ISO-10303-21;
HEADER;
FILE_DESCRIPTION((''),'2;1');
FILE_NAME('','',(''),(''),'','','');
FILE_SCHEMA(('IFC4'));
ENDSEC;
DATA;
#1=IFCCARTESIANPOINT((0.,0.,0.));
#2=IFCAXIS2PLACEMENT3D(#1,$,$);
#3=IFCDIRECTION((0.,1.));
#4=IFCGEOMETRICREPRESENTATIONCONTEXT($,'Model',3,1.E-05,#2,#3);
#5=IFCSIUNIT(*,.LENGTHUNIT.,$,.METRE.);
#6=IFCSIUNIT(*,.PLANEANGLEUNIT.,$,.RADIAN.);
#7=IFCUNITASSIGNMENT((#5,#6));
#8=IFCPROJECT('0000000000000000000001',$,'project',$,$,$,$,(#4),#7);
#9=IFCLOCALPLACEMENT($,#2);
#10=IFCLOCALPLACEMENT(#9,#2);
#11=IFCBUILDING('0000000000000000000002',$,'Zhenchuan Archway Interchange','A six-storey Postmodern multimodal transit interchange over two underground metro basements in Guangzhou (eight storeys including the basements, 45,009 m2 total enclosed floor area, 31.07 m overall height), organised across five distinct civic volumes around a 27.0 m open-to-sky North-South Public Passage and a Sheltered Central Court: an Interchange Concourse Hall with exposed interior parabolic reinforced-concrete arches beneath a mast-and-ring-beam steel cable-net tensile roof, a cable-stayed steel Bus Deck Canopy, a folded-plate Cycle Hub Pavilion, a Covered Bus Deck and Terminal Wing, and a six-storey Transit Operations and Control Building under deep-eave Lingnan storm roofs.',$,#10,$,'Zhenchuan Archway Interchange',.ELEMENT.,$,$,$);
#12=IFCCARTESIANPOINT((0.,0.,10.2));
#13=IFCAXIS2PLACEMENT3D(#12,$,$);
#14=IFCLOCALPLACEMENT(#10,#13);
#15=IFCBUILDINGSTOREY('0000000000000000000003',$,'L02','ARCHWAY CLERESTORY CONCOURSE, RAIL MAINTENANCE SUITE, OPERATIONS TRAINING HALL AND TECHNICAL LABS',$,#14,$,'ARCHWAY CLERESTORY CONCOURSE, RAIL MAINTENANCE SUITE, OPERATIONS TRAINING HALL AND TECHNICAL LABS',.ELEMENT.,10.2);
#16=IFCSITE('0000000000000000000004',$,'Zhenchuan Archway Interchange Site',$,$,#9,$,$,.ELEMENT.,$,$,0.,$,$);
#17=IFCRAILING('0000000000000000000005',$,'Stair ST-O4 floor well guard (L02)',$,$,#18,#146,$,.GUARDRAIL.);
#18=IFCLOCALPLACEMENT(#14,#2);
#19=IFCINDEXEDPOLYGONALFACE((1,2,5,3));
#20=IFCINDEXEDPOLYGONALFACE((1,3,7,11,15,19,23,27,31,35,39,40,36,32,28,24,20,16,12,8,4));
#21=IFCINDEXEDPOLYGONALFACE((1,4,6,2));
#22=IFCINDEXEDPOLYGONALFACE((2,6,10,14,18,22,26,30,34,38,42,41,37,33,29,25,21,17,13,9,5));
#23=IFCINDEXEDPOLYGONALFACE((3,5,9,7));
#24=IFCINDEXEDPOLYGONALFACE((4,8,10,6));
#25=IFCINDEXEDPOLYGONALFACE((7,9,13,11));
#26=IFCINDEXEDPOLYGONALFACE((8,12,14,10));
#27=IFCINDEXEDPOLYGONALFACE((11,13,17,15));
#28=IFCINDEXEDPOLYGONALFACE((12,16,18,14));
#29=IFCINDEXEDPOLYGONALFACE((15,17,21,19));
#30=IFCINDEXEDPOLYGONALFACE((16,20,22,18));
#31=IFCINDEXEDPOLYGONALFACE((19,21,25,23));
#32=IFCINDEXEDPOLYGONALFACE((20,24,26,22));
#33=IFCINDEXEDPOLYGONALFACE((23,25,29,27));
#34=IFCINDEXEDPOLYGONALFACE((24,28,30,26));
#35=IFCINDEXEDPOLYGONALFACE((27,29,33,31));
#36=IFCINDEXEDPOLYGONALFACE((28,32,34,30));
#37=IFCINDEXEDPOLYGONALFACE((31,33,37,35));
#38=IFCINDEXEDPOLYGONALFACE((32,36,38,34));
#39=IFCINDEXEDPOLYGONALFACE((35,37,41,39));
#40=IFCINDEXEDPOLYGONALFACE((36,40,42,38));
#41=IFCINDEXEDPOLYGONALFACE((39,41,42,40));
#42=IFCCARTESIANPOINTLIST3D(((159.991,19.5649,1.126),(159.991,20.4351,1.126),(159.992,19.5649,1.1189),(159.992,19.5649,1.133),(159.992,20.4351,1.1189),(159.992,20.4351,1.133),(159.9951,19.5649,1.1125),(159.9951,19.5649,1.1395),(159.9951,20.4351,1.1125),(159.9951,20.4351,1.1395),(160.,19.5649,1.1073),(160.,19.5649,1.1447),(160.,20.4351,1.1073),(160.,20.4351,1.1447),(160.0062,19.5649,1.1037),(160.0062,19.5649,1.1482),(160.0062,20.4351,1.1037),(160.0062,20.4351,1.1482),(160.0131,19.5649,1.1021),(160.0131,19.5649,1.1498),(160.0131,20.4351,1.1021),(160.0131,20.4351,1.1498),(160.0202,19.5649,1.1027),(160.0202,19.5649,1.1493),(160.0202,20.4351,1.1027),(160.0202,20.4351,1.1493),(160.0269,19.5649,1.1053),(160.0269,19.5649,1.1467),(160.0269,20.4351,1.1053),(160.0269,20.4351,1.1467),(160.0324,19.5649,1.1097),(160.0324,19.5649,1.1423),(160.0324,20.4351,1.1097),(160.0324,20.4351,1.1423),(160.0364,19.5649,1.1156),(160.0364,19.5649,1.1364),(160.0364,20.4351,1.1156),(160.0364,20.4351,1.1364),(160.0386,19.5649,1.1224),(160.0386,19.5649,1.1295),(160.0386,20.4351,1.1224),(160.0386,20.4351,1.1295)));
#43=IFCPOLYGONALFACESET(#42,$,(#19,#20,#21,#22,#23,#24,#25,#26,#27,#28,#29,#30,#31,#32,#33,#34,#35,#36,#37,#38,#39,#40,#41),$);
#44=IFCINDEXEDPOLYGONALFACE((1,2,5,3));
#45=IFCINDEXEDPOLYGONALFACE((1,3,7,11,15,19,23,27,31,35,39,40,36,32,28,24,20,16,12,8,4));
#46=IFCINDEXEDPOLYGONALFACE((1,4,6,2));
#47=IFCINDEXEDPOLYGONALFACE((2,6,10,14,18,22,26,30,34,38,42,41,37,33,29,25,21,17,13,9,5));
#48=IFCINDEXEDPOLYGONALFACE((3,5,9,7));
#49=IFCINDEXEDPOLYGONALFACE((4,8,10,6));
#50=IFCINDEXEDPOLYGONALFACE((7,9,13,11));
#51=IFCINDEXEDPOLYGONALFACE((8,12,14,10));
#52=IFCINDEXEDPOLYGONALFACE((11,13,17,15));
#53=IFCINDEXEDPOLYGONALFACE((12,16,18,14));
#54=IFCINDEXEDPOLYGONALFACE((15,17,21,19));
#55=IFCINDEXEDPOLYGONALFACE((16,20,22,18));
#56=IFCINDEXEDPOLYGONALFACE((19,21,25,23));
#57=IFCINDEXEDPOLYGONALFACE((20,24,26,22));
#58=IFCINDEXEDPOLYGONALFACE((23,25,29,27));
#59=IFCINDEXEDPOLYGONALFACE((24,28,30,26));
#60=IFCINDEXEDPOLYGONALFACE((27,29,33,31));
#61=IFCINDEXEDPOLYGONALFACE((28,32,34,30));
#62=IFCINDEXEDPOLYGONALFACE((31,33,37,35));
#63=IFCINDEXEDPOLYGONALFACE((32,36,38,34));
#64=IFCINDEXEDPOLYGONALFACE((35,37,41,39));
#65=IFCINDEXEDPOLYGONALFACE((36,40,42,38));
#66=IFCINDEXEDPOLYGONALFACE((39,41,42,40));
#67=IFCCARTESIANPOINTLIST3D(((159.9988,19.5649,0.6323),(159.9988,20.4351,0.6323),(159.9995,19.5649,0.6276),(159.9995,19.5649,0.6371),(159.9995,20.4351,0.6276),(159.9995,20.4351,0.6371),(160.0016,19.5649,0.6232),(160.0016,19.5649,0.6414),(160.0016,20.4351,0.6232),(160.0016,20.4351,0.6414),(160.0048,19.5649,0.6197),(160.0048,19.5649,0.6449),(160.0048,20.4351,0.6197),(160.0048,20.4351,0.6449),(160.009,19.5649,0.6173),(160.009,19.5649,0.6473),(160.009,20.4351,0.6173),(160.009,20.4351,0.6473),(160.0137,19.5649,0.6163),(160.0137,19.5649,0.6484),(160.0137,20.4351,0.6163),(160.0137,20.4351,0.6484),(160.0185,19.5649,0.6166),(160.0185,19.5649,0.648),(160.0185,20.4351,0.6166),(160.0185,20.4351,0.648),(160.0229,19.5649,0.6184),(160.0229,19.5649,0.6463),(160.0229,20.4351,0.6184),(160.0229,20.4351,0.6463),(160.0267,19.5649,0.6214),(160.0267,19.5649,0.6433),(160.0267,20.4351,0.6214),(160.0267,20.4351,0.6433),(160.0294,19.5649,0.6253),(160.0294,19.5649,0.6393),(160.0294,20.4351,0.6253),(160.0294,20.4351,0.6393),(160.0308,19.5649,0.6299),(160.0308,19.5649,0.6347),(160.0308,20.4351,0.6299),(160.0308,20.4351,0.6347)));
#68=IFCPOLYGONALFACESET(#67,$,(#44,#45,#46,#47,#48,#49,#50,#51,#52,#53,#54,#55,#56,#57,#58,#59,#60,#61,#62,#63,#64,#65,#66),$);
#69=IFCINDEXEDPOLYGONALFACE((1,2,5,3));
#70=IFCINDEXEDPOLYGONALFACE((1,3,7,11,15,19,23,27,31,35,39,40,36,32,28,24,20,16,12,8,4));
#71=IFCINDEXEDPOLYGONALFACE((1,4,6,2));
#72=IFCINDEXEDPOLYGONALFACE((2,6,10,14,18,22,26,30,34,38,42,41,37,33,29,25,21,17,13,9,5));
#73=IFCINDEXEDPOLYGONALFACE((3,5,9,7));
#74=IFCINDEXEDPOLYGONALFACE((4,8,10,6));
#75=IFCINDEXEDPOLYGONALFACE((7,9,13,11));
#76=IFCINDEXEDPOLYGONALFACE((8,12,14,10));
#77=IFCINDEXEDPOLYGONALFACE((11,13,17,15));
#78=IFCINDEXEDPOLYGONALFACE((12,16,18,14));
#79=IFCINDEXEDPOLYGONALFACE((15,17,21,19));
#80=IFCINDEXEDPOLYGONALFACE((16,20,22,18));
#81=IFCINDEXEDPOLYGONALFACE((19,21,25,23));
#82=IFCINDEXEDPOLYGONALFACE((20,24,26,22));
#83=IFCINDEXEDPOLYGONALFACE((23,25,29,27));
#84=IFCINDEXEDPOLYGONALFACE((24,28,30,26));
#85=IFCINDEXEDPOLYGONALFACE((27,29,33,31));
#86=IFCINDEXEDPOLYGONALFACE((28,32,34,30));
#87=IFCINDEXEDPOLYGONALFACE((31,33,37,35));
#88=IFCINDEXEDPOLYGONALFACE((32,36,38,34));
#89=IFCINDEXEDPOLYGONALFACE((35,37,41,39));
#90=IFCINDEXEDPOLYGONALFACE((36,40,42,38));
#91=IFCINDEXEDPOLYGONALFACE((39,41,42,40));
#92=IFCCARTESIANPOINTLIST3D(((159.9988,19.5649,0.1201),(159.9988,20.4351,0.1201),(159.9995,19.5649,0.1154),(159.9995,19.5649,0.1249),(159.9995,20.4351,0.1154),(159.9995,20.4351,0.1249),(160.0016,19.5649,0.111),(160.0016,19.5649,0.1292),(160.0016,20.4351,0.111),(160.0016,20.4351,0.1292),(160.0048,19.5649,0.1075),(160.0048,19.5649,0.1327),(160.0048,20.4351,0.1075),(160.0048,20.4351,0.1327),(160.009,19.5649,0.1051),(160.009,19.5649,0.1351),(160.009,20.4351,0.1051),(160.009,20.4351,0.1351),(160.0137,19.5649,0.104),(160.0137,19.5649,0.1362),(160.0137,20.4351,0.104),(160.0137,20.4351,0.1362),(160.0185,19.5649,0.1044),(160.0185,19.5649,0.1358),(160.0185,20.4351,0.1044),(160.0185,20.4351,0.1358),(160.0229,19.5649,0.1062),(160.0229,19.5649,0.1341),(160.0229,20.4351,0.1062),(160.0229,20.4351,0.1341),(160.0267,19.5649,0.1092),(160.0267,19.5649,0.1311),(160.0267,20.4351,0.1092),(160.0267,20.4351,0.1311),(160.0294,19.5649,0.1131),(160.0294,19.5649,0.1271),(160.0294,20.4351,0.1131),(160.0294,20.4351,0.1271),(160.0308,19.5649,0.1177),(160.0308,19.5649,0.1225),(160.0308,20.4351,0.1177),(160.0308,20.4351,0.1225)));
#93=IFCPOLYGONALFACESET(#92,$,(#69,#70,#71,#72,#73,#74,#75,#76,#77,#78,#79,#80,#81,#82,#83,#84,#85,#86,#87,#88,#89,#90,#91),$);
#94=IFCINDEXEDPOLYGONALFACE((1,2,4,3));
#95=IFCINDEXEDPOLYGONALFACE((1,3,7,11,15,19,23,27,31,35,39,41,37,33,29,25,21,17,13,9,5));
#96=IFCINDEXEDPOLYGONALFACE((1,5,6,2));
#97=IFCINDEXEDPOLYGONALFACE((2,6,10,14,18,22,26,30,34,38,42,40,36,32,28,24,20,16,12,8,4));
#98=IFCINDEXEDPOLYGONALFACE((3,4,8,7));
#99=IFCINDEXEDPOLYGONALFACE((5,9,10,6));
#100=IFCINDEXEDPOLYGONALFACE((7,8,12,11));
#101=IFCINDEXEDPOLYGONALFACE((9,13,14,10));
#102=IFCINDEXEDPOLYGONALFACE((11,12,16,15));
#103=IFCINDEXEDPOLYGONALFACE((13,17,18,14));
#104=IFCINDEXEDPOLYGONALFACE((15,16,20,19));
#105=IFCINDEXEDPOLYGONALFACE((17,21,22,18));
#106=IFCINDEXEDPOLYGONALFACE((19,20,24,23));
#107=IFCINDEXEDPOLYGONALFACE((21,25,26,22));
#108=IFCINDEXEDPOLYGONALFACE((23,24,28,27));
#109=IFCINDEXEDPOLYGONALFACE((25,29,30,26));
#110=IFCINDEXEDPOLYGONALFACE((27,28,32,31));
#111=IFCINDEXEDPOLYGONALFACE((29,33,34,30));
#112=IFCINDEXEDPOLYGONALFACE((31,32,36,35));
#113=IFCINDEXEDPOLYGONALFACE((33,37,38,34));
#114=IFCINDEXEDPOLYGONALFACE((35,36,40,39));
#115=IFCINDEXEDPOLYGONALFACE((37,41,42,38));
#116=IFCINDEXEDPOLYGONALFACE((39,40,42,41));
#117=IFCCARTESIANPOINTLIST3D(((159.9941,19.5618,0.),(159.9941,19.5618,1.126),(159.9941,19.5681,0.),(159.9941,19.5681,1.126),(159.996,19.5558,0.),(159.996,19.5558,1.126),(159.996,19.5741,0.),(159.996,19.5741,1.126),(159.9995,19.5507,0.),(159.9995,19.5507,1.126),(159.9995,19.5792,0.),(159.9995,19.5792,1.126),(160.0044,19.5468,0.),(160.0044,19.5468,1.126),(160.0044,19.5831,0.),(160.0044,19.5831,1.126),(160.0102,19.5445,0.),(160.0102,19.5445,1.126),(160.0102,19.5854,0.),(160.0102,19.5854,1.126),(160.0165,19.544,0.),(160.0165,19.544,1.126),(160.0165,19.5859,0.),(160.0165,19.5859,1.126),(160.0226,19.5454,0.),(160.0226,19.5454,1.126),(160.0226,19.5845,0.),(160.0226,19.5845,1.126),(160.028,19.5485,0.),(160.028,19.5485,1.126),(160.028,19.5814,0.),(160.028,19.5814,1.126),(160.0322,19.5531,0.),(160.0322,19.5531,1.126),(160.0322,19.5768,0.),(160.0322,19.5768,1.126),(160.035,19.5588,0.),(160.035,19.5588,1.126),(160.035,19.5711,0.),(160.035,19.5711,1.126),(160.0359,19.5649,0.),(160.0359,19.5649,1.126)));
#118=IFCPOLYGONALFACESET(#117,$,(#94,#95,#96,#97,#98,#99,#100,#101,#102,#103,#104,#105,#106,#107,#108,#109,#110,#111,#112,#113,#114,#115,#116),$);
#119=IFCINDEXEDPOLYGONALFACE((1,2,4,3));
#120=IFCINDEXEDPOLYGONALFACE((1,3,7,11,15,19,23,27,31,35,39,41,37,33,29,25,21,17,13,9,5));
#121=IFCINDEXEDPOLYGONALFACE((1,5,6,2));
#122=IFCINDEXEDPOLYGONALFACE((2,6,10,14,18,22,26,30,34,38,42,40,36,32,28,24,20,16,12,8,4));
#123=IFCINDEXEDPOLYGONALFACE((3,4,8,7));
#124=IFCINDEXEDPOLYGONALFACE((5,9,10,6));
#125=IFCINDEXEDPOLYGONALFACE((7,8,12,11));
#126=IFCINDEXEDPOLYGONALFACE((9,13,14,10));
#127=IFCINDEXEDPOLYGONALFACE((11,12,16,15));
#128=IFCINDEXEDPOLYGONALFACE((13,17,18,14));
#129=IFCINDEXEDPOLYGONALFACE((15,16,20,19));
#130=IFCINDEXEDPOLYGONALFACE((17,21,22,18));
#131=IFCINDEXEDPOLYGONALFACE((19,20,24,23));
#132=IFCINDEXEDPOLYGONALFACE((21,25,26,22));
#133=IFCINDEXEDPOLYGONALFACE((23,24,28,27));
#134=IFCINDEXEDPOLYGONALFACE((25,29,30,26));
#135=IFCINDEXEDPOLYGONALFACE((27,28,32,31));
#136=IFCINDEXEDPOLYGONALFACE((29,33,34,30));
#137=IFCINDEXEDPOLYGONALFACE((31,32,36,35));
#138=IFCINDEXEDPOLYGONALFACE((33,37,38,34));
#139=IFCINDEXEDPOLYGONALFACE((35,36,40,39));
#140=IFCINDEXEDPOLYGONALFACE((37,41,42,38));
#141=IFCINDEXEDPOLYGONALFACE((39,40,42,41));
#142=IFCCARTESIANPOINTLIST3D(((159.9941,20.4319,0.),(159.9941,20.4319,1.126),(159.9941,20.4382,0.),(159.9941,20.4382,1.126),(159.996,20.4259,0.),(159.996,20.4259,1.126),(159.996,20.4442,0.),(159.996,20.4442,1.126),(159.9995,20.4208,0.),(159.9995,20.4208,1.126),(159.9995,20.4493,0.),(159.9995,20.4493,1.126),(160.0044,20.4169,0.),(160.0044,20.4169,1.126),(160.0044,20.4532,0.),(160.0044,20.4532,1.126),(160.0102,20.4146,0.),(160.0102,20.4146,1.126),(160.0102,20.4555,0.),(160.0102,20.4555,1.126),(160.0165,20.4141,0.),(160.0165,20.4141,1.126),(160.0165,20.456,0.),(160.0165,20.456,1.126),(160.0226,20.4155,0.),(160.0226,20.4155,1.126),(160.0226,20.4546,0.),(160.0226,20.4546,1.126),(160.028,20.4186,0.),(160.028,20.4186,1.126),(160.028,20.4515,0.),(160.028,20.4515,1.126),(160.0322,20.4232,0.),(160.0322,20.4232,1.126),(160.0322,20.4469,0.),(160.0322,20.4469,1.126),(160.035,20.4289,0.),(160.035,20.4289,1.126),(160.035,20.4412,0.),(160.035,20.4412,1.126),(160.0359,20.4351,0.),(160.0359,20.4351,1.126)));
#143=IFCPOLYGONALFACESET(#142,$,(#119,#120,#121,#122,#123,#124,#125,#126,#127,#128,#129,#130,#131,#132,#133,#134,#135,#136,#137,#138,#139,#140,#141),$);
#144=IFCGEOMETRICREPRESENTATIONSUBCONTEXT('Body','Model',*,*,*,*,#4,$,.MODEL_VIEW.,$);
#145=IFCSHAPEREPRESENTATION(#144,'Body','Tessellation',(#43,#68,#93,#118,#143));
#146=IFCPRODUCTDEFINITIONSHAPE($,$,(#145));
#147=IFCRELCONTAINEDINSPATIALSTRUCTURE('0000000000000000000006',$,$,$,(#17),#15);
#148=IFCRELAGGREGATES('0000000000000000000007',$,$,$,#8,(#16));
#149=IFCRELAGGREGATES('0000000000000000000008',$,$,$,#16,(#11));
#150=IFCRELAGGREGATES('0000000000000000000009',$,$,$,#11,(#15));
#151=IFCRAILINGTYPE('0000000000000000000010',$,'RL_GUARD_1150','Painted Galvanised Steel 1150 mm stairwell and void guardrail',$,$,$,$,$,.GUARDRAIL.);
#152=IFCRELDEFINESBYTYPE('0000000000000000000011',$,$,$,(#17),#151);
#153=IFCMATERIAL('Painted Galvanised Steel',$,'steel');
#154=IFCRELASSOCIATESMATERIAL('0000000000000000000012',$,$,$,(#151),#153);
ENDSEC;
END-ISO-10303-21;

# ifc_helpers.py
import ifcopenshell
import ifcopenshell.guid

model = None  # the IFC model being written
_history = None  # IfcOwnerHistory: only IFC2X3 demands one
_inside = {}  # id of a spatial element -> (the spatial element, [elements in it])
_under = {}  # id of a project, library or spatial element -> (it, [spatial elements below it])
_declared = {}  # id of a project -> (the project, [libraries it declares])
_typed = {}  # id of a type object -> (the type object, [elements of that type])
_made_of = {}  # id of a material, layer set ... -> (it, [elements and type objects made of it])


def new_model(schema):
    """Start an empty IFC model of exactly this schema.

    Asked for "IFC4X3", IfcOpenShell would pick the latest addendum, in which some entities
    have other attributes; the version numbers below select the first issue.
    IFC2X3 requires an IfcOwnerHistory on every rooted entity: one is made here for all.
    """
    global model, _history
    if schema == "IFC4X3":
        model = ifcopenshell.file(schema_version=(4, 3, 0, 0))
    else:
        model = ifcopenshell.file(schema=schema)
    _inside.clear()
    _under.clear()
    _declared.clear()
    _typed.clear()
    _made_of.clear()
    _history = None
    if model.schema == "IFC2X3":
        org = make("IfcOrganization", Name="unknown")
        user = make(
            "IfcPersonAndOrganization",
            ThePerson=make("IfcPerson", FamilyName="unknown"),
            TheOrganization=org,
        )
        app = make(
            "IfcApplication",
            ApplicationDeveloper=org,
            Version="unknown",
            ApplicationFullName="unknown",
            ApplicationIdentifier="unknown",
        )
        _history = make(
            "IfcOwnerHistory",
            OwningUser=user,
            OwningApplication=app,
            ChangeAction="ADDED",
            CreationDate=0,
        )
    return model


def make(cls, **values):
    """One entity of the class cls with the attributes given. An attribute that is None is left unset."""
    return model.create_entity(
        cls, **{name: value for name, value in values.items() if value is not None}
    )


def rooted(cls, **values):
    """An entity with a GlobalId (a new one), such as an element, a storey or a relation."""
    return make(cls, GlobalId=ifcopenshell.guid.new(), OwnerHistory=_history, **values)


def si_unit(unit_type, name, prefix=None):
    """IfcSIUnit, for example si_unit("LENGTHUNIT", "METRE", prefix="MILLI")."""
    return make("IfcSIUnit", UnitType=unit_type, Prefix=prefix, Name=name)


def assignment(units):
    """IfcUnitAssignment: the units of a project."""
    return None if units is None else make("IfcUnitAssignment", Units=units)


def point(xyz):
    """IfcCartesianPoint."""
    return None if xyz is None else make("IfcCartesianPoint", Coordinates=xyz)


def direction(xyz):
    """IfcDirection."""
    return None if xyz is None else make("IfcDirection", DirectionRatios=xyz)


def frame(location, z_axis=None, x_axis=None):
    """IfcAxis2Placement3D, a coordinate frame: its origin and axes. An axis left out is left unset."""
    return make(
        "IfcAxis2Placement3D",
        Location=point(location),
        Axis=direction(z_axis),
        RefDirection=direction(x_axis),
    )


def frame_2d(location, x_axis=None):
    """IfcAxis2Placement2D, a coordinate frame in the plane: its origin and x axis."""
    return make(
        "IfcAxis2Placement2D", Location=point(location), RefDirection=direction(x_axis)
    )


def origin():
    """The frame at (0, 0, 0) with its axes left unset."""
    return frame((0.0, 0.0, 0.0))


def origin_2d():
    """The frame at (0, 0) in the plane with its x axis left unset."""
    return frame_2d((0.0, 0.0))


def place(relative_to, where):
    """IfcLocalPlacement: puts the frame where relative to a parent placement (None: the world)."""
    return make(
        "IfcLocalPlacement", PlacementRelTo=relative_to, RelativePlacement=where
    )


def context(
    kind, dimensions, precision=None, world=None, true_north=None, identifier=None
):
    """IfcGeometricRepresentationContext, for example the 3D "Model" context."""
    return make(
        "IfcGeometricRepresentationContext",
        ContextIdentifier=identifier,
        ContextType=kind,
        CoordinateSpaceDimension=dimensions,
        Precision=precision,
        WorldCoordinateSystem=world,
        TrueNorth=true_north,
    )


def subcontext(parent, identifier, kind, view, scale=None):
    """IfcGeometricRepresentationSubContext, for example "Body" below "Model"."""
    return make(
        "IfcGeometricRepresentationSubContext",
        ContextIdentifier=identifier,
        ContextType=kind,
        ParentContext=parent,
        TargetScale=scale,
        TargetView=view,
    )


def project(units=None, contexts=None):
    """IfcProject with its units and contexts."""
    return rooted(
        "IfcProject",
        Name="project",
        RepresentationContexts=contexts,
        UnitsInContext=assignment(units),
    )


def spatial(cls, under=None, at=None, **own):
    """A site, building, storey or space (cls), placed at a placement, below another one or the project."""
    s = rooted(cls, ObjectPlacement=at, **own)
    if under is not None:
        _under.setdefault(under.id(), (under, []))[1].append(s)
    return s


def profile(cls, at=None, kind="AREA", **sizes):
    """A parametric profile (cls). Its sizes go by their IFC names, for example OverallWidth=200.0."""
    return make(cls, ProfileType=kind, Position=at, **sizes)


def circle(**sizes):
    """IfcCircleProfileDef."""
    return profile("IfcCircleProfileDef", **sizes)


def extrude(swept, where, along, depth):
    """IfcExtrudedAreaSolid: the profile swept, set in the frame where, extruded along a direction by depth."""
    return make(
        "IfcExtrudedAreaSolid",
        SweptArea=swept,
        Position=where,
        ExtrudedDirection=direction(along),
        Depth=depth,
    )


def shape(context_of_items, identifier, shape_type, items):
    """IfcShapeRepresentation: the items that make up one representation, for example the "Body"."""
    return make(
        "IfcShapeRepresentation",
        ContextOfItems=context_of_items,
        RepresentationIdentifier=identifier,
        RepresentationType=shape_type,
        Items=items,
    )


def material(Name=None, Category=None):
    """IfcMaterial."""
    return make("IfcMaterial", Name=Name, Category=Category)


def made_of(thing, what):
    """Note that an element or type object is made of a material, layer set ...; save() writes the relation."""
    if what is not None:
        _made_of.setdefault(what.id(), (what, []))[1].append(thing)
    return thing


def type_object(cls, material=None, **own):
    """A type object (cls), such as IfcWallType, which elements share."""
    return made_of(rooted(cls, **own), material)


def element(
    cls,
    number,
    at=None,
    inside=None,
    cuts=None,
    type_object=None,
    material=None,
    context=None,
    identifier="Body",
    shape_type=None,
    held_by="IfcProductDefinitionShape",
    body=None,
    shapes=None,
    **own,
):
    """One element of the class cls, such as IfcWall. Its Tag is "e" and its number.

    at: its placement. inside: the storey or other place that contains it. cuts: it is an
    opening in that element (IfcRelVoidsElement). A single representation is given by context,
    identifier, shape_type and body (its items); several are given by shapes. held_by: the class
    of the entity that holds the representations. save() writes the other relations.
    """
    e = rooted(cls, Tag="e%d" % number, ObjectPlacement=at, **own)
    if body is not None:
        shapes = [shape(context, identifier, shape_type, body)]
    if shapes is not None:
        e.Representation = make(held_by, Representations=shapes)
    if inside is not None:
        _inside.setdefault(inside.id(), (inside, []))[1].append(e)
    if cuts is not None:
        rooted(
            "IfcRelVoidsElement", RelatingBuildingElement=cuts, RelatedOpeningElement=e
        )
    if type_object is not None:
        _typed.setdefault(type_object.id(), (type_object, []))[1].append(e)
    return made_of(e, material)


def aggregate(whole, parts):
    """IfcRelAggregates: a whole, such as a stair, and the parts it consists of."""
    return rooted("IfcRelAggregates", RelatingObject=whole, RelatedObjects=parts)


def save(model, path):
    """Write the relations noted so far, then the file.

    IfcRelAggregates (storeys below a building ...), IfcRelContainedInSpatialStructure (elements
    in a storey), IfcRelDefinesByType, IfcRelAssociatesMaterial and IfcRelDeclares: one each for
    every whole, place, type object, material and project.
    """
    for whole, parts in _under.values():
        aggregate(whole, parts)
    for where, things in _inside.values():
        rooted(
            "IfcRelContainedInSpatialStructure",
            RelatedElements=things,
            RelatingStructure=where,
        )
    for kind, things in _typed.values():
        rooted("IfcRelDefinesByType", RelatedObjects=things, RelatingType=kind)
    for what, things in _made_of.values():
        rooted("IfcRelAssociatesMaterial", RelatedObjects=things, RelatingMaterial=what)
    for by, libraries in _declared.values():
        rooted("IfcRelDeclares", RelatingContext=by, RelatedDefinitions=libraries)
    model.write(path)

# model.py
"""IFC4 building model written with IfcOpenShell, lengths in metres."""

from ifc_helpers import new_model, si_unit, direction, frame, origin, origin_2d, place, context, subcontext, project, spatial, circle, extrude, material, type_object, element, save


model = new_model("IFC4")

# Units and contexts
model_context = context("Model", 3, precision=1e-05, world=origin(), true_north=direction((0.0, 1.0)))
body_context = subcontext(model_context, "Body", "Model", "MODEL_VIEW")
ifc_project = project(units=[si_unit("LENGTHUNIT", "METRE"), si_unit("PLANEANGLEUNIT", "RADIAN")], contexts=[model_context])

# Site, building, storey
site_placement = place(None, origin())
site = spatial("IfcSite", under=ifc_project, at=site_placement, Name="Zhenchuan Archway Interchange Site", CompositionType="ELEMENT", RefElevation=0.0)
building_placement = place(site_placement, origin())
building = spatial("IfcBuilding", under=site, at=building_placement, Name="Zhenchuan Archway Interchange", Description="A six-storey Postmodern multimodal transit interchange over two underground metro basements in Guangzhou (eight storeys including the basements, 45,009 m2 total enclosed floor area, 31.07 m overall height), organised across five distinct civic volumes around a 27.0 m open-to-sky North-South Public Passage and a Sheltered Central Court: an Interchange Concourse Hall with exposed interior parabolic reinforced-concrete arches beneath a mast-and-ring-beam steel cable-net tensile roof, a cable-stayed steel Bus Deck Canopy, a folded-plate Cycle Hub Pavilion, a Covered Bus Deck and Terminal Wing, and a six-storey Transit Operations and Control Building under deep-eave Lingnan storm roofs.", LongName="Zhenchuan Archway Interchange", CompositionType="ELEMENT")
storey_placement = place(building_placement, frame((0.0, 0.0, 10.2)))
storey = spatial("IfcBuildingStorey", under=building, at=storey_placement, Name="L02", Description="ARCHWAY CLERESTORY CONCOURSE, RAIL MAINTENANCE SUITE, OPERATIONS TRAINING HALL AND TECHNICAL LABS", LongName="ARCHWAY CLERESTORY CONCOURSE, RAIL MAINTENANCE SUITE, OPERATIONS TRAINING HALL AND TECHNICAL LABS", CompositionType="ELEMENT", Elevation=10.2)

# Shared definitions
ifc_material_1 = material(Name="Painted Galvanised Steel", Category="steel")

# Railing
railing_type_1 = type_object("IfcRailingType", Name="RL_GUARD_1150", Description="Painted Galvanised Steel 1150 mm stairwell and void guardrail", PredefinedType="GUARDRAIL", material=ifc_material_1)
railing_1_placement = place(storey_placement, frame((160.0149, 19.5649, 0.0)))
element("IfcRailing", 1, at=railing_1_placement, inside=storey, type_object=railing_type_1, Name="Stair ST-O4 floor well guard (L02)", PredefinedType="GUARDRAIL", context=body_context, shape_type="SweptSolid", body=[
    extrude(circle(Radius=0.0239, at=origin_2d()), frame((0.0, 0.0, 1.126), z_axis=(0.0, 1.0, 0.0), x_axis=(-1.0, 0.0, 0.0)), (0.0, 0.0, 1.0), 0.8701),
    extrude(circle(Radius=0.0161, at=origin_2d()), frame((0.0, 0.0, 0.6323), z_axis=(0.0, 1.0, 0.0), x_axis=(-1.0, 0.0, 0.0)), (0.0, 0.0, 1.0), 0.8701),
    extrude(circle(Radius=0.0161, at=origin_2d()), frame((0.0, 0.0, 0.1201), z_axis=(0.0, 1.0, 0.0), x_axis=(-1.0, 0.0, 0.0)), (0.0, 0.0, 1.0), 0.8701),
    extrude(circle(Radius=0.021, at=origin_2d()), origin(), (0.0, 0.0, 1.0), 1.126),
    extrude(circle(Radius=0.021, at=origin_2d()), frame((0.0, 0.8701, 0.0)), (0.0, 0.0, 1.0), 1.126),
])

save(model, "model.ifc")
